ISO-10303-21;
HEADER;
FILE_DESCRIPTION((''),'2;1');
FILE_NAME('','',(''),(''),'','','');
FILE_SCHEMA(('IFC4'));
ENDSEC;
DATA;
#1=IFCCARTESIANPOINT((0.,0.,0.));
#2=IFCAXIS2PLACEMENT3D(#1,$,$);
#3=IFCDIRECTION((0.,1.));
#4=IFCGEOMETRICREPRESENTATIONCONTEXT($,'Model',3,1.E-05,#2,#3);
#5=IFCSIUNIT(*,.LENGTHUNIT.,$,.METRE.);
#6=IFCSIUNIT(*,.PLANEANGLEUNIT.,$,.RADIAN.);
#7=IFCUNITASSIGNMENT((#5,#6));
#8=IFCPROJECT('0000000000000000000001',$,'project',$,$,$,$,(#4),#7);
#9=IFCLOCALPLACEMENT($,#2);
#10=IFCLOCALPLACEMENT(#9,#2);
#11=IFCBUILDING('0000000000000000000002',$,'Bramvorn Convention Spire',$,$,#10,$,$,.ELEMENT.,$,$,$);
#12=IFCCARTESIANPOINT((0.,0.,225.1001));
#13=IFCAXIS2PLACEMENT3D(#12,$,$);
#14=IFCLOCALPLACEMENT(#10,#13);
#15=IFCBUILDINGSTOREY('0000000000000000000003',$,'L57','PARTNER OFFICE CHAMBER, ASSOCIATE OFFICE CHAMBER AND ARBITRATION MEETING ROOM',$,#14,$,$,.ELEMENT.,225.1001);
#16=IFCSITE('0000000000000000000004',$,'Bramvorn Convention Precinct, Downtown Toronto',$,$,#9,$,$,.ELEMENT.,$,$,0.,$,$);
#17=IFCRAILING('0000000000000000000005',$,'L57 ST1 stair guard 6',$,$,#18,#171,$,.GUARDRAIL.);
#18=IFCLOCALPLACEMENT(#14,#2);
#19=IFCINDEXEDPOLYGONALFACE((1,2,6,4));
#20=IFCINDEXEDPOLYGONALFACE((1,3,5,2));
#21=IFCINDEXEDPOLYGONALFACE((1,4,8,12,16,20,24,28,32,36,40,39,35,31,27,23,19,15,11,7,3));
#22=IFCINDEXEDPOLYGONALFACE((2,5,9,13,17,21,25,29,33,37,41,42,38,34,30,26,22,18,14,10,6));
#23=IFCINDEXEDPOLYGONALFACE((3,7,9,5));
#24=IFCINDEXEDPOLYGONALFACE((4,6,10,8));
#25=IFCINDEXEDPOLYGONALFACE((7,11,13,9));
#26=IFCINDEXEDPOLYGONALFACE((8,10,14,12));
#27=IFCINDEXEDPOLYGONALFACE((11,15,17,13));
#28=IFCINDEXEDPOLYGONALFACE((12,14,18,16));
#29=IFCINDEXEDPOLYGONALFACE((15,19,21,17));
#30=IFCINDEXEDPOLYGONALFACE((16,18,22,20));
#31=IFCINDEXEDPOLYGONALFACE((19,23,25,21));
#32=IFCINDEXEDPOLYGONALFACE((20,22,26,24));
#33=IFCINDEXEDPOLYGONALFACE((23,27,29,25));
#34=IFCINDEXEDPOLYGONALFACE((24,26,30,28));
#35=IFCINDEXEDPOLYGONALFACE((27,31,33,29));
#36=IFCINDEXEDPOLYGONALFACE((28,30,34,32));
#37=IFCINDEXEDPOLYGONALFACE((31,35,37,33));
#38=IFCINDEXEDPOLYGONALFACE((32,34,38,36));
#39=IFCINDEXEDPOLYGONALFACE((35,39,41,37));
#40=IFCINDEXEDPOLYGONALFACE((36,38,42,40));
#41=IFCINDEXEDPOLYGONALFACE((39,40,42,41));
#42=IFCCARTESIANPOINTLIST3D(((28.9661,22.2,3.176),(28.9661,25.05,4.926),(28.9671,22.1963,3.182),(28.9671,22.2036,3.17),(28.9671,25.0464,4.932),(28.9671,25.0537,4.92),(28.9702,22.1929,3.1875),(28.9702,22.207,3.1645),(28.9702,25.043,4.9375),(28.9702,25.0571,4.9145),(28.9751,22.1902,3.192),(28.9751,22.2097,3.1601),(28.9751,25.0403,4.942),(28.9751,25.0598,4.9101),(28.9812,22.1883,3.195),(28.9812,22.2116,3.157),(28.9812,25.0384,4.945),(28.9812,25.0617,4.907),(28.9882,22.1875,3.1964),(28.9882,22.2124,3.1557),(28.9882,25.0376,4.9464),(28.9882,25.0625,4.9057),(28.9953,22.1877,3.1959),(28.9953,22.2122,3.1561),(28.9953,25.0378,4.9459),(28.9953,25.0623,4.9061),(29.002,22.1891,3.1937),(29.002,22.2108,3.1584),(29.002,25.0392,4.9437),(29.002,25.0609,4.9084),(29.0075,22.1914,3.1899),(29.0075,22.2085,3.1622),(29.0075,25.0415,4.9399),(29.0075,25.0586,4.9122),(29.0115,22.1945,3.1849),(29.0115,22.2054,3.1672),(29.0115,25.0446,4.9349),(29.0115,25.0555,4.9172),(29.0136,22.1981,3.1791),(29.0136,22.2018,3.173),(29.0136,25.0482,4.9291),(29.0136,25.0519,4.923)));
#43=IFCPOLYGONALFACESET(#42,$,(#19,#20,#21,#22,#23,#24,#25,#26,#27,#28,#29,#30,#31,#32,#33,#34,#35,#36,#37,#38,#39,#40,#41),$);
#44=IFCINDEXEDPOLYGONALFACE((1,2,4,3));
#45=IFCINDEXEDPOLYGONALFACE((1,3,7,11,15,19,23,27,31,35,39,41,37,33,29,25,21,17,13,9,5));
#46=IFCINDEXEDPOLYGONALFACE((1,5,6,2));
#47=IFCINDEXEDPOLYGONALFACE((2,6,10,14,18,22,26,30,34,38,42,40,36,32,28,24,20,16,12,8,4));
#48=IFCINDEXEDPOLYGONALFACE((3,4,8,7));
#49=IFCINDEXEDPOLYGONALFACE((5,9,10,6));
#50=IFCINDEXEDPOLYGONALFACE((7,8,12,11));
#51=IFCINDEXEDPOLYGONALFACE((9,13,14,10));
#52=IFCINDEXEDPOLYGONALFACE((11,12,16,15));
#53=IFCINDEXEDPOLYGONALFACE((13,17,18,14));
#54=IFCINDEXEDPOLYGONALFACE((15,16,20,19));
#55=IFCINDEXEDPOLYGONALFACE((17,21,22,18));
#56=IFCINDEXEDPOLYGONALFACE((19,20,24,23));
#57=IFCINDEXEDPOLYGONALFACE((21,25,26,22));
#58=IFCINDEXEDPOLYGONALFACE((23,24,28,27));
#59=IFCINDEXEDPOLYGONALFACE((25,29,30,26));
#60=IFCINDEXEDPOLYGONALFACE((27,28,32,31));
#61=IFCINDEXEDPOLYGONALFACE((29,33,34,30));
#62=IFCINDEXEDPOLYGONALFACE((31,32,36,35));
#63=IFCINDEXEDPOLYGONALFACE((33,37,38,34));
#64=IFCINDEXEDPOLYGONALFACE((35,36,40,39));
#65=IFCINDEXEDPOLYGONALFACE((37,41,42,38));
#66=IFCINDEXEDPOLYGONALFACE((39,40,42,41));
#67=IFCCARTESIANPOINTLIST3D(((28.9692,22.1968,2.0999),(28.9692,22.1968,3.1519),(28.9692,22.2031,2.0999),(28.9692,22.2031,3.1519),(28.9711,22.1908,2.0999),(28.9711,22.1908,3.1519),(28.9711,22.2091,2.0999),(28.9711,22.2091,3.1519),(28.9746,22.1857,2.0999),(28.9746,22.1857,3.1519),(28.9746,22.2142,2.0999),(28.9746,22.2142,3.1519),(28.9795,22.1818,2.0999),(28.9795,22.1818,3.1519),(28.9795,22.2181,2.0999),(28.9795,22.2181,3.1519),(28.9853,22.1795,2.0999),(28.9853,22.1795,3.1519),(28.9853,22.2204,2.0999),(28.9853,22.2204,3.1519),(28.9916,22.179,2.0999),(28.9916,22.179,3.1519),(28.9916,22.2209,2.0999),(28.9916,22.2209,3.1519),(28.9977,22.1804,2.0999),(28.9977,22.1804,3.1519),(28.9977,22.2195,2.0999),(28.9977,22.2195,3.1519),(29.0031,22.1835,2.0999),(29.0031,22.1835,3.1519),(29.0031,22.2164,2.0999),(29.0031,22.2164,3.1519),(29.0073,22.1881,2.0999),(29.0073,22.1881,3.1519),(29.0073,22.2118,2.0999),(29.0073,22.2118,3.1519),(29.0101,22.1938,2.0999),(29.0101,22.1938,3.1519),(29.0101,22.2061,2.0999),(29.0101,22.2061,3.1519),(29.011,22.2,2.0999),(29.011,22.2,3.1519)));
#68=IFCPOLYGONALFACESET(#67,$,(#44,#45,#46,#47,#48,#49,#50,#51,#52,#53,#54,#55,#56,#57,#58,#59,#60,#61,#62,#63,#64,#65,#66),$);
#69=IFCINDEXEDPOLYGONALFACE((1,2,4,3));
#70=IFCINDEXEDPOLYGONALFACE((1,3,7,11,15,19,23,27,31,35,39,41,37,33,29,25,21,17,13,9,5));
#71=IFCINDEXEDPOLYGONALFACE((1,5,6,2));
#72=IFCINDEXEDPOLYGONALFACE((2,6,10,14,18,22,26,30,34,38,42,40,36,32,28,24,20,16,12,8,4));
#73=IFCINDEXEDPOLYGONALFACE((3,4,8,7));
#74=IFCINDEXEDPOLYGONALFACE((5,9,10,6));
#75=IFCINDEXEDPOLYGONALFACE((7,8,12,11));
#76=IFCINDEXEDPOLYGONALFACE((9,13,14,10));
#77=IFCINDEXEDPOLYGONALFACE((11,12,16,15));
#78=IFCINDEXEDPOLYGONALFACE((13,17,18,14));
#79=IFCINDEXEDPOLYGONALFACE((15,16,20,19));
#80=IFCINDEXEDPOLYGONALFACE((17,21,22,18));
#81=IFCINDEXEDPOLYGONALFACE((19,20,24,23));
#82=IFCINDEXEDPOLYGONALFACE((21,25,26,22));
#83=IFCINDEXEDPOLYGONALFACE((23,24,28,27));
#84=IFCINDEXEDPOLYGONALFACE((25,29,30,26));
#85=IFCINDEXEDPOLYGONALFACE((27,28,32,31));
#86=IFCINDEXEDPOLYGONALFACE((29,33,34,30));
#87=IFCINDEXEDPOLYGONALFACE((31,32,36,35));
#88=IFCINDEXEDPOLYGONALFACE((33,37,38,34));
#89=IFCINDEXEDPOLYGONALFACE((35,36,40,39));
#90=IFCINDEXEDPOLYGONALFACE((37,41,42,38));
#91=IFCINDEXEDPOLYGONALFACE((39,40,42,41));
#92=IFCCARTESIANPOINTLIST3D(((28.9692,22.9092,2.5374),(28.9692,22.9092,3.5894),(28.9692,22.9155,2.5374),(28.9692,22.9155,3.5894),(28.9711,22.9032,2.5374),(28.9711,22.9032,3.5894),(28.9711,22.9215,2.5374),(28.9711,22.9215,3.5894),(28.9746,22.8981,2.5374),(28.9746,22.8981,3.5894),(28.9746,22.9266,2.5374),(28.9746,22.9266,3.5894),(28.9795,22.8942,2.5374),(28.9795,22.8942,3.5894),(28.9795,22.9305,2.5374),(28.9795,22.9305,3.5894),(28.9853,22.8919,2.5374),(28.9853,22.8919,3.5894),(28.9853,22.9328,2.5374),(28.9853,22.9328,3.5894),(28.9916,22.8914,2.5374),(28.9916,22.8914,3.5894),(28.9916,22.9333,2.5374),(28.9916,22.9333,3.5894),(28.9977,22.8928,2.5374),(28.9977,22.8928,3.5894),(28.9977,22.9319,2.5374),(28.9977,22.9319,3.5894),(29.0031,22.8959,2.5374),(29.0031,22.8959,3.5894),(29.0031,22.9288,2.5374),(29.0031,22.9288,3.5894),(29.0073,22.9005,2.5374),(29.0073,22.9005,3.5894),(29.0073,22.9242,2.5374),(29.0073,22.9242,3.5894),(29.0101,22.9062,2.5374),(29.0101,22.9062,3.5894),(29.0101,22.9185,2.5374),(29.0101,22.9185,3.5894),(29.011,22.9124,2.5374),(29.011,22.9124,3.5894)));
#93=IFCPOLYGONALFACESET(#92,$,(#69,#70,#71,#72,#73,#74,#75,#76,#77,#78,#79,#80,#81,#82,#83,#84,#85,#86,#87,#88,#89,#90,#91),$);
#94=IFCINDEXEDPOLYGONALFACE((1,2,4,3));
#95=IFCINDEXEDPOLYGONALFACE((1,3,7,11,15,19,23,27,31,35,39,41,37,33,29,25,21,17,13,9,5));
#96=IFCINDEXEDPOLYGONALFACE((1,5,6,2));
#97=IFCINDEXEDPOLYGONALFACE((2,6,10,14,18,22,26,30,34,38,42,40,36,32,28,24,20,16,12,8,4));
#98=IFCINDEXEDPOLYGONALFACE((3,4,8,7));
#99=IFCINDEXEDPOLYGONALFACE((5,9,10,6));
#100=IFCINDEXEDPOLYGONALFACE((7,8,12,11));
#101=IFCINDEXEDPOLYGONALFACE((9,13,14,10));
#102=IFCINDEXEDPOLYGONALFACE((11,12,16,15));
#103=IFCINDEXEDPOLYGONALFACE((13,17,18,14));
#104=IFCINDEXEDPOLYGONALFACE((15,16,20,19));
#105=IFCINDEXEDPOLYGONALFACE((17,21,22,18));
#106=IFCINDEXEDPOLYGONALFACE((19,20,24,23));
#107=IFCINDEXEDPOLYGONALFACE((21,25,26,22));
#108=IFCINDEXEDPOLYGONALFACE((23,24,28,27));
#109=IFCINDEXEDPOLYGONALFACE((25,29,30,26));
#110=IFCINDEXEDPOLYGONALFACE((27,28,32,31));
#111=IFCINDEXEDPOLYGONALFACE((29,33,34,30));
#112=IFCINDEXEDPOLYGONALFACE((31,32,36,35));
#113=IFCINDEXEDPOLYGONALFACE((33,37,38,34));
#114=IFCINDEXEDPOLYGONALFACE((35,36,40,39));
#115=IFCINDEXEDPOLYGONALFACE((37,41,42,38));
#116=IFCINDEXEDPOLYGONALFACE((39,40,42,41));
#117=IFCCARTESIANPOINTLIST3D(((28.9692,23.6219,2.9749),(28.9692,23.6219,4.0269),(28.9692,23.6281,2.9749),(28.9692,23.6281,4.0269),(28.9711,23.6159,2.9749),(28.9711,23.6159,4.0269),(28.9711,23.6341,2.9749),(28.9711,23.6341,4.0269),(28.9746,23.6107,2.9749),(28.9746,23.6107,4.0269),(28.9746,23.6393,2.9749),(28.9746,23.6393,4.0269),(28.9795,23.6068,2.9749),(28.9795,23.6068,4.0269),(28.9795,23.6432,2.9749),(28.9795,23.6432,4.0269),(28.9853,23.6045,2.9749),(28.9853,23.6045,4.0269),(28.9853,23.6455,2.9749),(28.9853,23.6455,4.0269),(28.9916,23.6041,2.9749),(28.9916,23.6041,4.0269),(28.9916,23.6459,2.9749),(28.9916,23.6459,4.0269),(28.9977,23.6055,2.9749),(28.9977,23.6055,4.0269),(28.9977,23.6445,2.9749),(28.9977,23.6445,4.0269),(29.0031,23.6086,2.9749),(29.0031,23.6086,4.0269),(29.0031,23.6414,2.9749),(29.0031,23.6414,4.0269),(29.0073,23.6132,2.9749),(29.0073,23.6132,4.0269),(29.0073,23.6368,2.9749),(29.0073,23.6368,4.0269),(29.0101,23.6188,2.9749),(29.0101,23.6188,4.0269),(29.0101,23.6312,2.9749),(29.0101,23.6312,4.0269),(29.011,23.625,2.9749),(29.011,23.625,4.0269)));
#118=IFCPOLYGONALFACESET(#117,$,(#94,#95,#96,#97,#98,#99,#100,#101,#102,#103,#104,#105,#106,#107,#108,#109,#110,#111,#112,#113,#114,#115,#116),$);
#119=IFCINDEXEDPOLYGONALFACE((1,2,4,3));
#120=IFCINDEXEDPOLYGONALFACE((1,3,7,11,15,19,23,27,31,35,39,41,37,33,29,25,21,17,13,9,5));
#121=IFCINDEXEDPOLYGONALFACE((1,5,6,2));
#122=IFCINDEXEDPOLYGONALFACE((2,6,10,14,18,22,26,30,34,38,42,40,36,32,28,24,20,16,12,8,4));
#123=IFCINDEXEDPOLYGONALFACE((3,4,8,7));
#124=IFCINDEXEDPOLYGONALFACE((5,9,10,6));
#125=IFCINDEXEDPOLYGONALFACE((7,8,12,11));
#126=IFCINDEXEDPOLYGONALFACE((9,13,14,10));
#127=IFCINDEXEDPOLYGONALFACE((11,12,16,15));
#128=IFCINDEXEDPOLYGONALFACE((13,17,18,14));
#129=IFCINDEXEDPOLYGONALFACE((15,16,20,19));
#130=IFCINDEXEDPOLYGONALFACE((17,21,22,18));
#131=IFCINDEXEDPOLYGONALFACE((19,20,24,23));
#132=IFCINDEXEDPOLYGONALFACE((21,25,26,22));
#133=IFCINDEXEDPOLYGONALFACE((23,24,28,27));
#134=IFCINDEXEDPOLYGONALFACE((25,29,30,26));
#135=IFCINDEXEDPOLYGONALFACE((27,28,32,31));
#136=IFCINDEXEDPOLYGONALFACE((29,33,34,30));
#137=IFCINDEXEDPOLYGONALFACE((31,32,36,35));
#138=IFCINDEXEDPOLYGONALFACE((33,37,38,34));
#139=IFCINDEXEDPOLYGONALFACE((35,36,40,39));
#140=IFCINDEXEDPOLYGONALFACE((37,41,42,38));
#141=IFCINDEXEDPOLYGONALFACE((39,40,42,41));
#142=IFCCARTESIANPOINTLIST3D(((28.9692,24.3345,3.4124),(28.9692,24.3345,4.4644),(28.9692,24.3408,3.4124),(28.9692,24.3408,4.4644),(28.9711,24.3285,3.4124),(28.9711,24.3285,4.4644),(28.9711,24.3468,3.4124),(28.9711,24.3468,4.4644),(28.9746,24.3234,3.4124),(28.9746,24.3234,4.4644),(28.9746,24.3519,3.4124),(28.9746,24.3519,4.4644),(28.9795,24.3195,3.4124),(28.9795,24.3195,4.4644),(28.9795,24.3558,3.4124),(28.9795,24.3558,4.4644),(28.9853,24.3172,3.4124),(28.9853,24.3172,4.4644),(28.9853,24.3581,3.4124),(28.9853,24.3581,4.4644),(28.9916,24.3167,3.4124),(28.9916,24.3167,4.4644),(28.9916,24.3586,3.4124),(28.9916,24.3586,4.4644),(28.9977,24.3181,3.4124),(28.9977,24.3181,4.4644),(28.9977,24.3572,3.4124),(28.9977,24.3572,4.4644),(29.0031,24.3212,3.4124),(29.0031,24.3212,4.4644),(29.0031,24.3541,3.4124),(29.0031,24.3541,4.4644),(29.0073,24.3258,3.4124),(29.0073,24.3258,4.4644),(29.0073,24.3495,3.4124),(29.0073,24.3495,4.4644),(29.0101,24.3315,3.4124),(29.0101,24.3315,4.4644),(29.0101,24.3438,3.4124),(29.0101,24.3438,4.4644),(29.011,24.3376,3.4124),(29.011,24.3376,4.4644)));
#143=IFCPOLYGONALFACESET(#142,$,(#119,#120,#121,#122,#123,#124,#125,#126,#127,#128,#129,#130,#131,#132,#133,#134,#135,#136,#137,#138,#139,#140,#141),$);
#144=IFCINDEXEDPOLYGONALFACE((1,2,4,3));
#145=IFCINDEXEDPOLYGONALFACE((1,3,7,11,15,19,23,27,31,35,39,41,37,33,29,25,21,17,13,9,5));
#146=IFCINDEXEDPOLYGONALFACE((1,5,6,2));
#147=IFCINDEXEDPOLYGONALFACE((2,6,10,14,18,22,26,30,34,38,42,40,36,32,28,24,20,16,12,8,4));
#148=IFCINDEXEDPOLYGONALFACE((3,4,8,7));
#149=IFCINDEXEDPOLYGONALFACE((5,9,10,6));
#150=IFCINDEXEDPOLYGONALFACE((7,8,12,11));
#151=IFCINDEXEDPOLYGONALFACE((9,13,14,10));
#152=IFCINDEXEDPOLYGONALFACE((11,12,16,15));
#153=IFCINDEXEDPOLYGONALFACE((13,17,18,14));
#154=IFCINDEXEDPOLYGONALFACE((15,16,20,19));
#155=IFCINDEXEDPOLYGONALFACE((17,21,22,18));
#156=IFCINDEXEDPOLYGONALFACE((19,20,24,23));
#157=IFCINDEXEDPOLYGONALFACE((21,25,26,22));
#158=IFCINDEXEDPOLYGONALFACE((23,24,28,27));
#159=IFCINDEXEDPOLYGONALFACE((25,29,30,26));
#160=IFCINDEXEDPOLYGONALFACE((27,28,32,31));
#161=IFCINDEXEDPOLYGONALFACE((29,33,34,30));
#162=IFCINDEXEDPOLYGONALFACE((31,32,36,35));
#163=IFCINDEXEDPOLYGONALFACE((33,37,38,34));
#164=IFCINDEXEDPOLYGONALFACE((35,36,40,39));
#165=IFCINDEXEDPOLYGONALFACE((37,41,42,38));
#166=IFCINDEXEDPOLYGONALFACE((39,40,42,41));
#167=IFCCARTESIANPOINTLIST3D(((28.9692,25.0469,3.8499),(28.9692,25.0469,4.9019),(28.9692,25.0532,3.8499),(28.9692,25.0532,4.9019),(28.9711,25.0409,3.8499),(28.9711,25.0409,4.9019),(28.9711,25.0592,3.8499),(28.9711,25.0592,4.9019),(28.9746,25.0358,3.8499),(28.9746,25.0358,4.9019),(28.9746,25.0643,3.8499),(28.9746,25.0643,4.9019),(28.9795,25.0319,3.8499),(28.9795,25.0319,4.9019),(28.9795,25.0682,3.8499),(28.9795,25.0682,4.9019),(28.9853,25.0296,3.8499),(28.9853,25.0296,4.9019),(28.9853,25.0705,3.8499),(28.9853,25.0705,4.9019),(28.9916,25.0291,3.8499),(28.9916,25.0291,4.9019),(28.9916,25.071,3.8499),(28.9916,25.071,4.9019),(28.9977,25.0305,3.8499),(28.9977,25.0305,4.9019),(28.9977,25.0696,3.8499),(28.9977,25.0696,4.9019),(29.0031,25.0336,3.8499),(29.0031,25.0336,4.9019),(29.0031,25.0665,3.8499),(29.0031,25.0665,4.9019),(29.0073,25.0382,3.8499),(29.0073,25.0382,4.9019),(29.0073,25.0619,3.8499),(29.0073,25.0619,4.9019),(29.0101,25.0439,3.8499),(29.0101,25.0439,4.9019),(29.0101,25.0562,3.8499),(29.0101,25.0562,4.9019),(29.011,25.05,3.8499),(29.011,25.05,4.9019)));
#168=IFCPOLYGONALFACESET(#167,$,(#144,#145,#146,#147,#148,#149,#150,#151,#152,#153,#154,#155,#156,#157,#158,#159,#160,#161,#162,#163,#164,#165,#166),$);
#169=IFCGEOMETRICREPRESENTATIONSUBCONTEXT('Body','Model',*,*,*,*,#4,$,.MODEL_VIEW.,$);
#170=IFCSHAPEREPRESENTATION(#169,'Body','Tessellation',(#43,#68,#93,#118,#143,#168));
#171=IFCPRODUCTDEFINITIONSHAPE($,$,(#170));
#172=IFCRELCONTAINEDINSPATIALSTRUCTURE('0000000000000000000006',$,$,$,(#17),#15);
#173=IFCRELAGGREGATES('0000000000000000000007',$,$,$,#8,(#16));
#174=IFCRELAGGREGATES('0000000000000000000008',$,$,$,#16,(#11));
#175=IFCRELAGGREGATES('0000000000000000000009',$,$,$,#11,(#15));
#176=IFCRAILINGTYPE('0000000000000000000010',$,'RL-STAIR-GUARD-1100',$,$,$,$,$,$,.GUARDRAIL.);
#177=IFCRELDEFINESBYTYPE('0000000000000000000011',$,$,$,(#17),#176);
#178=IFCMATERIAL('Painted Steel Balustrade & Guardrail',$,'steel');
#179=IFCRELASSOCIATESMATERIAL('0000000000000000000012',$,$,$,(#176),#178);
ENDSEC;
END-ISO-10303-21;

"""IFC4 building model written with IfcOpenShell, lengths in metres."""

from ifc_helpers import new_model, si_unit, direction, frame, origin, origin_2d, place, context, subcontext, project, spatial, circle, extrude, material, type_object, element, save


model = new_model("IFC4")

# Units and contexts
model_context = context("Model", 3, precision=1e-05, world=origin(), true_north=direction((0.0, 1.0)))
body_context = subcontext(model_context, "Body", "Model", "MODEL_VIEW")
ifc_project = project(units=[si_unit("LENGTHUNIT", "METRE"), si_unit("PLANEANGLEUNIT", "RADIAN")], contexts=[model_context])

# Site, building, storey
site_placement = place(None, origin())
site = spatial("IfcSite", under=ifc_project, at=site_placement, Name="Bramvorn Convention Precinct, Downtown Toronto", CompositionType="ELEMENT", RefElevation=0.0)
building_placement = place(site_placement, origin())
building = spatial("IfcBuilding", under=site, at=building_placement, Name="Bramvorn Convention Spire", CompositionType="ELEMENT")
storey_placement = place(building_placement, frame((0.0, 0.0, 225.1001)))
storey = spatial("IfcBuildingStorey", under=building, at=storey_placement, Name="L57", Description="PARTNER OFFICE CHAMBER, ASSOCIATE OFFICE CHAMBER AND ARBITRATION MEETING ROOM", CompositionType="ELEMENT", Elevation=225.1001)

# Railing
ifc_material_1 = material(Name="Painted Steel Balustrade & Guardrail", Category="steel")
railing_type_1 = type_object("IfcRailingType", Name="RL-STAIR-GUARD-1100", PredefinedType="GUARDRAIL", material=ifc_material_1)
railing_1_placement = place(storey_placement, frame((28.99, 22.2, 2.0999)))
element("IfcRailing", 1, at=railing_1_placement, inside=storey, type_object=railing_type_1, Name="L57 ST1 stair guard 6", PredefinedType="GUARDRAIL", context=body_context, shape_type="SweptSolid", body=[
    extrude(circle(Radius=0.0239, at=origin_2d()), frame((0.0, 0.0, 1.0762), z_axis=(0.0, 0.852179, 0.52325), x_axis=(-1.0, 0.0, 0.0)), (0.0, 0.0, 1.0), 3.3445),
    extrude(circle(Radius=0.021, at=origin_2d()), origin(), (0.0, 0.0, 1.0), 1.052),
    extrude(circle(Radius=0.021, at=origin_2d()), frame((0.0, 0.7124, 0.4375)), (0.0, 0.0, 1.0), 1.052),
    extrude(circle(Radius=0.021, at=origin_2d()), frame((0.0, 1.425, 0.875)), (0.0, 0.0, 1.0), 1.052),
    extrude(circle(Radius=0.021, at=origin_2d()), frame((0.0, 2.1377, 1.3125)), (0.0, 0.0, 1.0), 1.052),
    extrude(circle(Radius=0.021, at=origin_2d()), frame((0.0, 2.8501, 1.75)), (0.0, 0.0, 1.0), 1.052),
])

save(model, "model.ifc")
